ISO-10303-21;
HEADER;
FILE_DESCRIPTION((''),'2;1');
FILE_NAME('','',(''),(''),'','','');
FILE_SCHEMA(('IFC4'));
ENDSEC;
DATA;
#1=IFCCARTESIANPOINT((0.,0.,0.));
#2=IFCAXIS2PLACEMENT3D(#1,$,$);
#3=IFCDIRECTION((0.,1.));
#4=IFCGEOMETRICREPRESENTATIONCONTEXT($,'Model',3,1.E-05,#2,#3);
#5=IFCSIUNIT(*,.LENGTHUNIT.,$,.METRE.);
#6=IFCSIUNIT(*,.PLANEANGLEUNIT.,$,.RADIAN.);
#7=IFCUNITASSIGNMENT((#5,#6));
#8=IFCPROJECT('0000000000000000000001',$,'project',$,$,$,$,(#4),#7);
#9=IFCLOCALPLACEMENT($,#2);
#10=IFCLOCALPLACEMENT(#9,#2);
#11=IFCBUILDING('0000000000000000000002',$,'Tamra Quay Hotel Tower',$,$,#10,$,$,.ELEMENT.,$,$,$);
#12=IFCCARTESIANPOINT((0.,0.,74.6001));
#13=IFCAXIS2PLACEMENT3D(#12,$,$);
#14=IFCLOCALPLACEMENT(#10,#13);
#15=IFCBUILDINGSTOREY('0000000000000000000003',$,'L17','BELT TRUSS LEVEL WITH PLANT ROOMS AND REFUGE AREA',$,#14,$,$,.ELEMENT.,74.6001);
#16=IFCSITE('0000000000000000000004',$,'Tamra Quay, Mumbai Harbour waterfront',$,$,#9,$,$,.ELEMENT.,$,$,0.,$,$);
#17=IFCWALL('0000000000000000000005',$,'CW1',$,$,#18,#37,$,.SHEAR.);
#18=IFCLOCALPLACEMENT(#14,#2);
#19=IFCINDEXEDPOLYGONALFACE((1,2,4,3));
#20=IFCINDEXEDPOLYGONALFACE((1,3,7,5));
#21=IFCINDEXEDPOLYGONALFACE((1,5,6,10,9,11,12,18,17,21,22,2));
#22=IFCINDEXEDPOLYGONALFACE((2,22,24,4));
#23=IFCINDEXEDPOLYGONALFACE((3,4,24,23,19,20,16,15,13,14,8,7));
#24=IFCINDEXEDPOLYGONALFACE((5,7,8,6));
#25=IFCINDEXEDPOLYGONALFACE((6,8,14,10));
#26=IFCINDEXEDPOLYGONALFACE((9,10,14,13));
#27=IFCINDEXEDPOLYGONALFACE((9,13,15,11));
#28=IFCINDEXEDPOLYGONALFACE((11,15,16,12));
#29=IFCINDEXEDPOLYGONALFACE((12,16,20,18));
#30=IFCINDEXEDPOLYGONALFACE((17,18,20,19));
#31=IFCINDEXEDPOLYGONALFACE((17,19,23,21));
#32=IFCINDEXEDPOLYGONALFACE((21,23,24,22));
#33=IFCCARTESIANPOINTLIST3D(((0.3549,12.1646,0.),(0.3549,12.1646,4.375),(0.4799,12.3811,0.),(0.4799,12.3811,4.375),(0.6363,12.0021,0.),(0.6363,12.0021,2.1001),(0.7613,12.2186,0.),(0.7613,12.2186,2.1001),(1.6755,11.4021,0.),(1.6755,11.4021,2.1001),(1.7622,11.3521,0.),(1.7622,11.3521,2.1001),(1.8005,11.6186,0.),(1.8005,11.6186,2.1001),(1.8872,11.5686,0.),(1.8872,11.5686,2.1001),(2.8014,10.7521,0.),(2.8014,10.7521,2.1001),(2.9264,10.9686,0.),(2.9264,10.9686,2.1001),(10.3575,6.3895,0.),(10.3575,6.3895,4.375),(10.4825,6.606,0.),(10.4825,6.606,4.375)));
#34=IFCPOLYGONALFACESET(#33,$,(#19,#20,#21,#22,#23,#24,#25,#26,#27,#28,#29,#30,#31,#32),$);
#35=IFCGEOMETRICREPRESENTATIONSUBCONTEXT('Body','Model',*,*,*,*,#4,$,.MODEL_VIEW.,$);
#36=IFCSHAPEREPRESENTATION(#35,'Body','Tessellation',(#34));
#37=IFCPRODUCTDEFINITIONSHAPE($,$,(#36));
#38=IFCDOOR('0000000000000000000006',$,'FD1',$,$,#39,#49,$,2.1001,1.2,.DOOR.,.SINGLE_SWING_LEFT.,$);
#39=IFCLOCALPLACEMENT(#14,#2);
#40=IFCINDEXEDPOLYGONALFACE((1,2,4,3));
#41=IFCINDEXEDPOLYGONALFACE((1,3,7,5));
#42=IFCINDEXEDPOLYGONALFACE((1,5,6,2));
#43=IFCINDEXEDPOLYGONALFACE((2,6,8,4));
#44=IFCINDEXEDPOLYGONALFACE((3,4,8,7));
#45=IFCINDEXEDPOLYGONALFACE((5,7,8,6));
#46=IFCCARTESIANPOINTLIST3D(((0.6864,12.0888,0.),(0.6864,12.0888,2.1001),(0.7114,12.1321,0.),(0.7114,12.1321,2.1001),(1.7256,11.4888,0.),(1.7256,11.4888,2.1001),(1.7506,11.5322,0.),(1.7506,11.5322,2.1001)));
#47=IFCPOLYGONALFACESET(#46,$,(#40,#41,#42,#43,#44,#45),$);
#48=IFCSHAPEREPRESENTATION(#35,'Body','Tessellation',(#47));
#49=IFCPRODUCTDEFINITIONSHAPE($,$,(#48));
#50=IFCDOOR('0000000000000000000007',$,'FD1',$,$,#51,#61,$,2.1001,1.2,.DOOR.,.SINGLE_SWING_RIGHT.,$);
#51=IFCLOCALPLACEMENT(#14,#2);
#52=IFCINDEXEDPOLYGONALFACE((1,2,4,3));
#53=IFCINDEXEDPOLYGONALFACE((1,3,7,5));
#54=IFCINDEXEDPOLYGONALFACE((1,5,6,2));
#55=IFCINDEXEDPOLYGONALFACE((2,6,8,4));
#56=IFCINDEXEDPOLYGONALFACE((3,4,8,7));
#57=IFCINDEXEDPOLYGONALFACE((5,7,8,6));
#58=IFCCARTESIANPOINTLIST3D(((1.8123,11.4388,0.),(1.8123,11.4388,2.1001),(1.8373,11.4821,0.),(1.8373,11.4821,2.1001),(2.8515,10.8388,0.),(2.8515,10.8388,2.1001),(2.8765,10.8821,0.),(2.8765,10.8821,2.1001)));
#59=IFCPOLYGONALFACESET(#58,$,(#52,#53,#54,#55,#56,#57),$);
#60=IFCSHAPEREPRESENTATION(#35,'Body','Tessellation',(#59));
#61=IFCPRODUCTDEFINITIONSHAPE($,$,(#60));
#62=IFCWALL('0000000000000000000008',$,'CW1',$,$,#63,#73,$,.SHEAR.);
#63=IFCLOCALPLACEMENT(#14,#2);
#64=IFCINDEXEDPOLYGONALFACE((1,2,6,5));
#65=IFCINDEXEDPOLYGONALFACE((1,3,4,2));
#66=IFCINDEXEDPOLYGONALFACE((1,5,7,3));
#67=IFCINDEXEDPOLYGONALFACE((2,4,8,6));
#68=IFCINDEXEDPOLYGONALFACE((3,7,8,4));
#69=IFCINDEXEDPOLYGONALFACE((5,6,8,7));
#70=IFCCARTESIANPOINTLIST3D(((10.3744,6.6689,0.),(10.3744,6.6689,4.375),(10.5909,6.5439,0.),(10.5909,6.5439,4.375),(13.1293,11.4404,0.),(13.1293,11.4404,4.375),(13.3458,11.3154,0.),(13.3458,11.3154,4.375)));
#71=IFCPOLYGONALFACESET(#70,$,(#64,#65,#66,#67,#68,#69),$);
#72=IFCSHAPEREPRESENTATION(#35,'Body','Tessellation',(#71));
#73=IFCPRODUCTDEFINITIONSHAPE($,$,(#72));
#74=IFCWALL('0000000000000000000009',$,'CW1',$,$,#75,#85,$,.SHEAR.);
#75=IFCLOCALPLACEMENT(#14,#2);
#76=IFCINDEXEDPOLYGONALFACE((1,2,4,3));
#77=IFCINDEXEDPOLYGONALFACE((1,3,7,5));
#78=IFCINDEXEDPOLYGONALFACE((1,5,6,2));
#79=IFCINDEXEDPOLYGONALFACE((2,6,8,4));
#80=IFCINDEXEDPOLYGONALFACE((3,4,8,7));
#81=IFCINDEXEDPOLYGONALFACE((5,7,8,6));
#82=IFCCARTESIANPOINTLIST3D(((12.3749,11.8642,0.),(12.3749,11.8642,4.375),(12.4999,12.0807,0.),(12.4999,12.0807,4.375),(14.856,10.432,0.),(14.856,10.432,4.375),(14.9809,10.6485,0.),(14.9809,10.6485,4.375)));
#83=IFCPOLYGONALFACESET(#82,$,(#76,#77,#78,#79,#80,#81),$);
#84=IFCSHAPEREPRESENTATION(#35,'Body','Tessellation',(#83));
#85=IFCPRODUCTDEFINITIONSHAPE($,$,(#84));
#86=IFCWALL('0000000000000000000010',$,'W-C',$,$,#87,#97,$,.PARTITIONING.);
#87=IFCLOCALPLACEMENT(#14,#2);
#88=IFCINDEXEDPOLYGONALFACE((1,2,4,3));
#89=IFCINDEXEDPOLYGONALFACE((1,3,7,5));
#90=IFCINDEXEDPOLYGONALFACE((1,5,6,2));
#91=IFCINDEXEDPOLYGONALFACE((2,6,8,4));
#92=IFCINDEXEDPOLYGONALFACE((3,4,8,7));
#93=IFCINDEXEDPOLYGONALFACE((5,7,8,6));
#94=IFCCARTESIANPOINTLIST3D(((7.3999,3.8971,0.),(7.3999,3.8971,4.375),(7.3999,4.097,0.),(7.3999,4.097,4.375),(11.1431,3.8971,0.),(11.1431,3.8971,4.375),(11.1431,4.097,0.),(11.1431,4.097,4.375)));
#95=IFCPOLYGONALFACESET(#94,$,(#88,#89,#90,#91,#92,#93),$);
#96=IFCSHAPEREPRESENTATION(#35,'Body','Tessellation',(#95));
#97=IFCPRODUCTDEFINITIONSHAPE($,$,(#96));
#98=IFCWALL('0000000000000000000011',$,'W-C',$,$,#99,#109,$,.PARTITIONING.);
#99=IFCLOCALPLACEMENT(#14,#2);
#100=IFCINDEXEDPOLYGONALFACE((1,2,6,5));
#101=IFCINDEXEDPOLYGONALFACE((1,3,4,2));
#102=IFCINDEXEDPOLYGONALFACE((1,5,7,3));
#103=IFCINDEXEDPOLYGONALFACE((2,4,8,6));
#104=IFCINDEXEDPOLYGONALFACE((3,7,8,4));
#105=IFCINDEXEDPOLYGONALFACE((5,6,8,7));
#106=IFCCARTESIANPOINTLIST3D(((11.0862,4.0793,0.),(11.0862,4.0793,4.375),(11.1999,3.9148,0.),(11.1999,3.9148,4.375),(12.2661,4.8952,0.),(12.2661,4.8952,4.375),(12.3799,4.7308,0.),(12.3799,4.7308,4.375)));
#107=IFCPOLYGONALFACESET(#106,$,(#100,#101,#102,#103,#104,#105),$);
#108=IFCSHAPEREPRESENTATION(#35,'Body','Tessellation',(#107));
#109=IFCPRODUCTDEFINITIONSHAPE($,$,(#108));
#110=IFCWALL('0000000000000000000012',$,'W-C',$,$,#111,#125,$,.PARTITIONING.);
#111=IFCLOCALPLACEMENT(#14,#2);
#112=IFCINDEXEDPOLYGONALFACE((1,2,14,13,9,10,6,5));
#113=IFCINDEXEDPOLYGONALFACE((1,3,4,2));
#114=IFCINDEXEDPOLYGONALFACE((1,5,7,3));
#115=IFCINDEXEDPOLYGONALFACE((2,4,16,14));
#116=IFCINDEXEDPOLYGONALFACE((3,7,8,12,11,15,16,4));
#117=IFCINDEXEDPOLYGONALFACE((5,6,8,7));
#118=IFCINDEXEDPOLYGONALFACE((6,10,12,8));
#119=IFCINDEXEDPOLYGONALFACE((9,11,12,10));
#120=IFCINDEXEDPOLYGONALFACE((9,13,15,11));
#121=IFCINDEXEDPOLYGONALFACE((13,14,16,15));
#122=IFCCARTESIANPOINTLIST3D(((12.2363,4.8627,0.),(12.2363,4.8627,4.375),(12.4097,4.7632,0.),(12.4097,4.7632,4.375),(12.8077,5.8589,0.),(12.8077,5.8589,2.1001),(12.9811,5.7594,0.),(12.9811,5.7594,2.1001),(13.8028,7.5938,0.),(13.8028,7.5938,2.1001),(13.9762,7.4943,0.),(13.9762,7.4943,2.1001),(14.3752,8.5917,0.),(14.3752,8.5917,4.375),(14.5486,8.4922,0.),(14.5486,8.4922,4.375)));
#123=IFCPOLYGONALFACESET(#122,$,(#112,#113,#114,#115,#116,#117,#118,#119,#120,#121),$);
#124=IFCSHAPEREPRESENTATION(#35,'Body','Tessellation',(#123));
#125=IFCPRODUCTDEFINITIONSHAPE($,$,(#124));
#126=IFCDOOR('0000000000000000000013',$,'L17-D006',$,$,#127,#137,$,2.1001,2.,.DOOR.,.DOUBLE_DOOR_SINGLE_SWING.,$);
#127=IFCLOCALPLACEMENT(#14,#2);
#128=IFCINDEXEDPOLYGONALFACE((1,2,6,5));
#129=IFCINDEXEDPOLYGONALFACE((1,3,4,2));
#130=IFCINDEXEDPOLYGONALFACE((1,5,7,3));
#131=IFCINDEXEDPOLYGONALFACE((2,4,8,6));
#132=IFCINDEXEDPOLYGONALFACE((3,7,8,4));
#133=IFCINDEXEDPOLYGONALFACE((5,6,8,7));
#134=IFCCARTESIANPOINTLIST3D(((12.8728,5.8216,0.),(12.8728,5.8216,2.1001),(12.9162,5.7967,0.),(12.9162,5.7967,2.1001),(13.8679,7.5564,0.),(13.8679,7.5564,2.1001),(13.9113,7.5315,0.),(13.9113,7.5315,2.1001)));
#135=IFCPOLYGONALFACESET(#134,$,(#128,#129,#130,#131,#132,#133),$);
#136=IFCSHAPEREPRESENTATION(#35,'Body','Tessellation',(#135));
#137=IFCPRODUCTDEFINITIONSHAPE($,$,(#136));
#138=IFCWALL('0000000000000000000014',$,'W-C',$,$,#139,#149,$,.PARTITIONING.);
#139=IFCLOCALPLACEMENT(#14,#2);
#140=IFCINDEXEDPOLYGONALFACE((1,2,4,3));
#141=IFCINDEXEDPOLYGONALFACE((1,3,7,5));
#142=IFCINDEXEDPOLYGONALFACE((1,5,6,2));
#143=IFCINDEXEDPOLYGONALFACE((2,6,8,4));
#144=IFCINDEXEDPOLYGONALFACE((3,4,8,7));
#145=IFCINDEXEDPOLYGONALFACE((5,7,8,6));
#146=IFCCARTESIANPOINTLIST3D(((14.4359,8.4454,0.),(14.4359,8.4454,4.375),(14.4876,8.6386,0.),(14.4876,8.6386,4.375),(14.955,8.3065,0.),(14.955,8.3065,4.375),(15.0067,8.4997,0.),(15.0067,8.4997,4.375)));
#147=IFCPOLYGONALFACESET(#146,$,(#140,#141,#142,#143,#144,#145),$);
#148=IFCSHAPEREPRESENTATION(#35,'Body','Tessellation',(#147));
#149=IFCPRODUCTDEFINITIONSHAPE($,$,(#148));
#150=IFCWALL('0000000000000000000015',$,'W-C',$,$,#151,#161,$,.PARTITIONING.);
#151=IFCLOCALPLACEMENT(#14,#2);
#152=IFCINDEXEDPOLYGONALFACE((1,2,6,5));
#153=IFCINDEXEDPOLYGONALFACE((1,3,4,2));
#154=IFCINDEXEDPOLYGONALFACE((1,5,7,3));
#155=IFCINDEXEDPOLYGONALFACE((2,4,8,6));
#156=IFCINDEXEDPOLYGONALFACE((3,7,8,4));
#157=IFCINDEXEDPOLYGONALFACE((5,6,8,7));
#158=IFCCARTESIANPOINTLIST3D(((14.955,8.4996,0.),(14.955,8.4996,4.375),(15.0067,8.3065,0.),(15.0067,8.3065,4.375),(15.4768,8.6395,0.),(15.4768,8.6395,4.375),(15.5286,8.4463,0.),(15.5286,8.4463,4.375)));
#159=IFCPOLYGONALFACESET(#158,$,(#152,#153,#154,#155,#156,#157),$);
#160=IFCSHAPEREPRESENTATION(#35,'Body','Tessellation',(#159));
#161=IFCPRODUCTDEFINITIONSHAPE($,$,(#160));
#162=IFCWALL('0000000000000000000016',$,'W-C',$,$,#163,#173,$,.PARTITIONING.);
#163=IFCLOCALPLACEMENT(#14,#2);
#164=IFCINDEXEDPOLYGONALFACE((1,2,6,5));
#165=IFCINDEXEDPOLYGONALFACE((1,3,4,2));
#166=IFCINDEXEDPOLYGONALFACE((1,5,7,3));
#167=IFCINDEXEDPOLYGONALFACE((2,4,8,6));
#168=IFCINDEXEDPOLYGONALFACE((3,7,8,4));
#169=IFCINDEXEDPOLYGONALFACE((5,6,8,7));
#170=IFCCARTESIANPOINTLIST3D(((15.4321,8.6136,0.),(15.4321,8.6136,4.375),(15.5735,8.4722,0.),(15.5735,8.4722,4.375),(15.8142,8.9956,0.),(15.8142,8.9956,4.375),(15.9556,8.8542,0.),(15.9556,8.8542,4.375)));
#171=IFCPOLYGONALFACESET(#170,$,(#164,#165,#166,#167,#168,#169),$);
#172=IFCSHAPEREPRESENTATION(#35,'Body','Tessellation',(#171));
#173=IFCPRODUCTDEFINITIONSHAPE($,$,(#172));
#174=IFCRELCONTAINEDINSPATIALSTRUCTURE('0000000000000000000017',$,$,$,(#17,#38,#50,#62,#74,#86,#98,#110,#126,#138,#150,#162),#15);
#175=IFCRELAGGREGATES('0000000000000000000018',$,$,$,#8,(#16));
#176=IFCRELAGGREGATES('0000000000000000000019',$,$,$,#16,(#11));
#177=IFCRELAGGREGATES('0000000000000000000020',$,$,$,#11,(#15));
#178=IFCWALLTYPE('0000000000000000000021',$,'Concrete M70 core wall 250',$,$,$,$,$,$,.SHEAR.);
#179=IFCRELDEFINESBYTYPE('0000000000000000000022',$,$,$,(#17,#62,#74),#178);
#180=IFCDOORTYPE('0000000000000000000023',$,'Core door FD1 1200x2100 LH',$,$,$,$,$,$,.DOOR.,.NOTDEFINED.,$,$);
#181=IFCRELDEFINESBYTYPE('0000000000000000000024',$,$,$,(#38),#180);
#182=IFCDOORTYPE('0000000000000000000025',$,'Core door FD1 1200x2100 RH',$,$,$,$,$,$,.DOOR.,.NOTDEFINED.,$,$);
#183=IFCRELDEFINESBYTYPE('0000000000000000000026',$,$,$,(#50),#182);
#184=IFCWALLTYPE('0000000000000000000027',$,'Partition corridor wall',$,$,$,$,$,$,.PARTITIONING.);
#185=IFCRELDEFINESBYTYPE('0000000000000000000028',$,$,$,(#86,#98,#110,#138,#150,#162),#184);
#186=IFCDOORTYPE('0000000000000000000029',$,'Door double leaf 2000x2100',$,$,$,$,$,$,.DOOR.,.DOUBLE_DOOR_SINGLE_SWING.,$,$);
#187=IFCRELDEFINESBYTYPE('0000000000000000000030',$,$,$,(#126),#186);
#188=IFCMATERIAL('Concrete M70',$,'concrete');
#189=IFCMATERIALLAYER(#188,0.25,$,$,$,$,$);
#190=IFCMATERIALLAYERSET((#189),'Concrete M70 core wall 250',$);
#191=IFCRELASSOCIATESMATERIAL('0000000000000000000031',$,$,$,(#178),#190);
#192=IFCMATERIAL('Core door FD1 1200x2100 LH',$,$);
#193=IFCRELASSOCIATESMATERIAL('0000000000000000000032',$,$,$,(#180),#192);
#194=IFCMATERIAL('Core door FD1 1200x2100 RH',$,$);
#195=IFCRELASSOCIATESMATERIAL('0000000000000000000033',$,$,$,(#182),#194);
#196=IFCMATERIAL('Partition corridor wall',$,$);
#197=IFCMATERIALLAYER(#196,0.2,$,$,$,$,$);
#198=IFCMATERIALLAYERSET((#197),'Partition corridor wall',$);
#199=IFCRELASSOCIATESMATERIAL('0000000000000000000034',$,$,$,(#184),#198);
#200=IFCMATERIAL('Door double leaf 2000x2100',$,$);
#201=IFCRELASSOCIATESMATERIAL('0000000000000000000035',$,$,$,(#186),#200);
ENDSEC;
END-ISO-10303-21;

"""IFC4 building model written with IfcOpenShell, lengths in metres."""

from ifc_helpers import new_model, si_unit, direction, frame, frame_2d, origin, place, context, subcontext, project, spatial, rectangle, extrude, material, layer, layer_set, type_object, element, fill, save


model = new_model("IFC4")

# Units and contexts
model_context = context("Model", 3, precision=1e-05, world=origin(), true_north=direction((0.0, 1.0)))
body_context = subcontext(model_context, "Body", "Model", "MODEL_VIEW")
ifc_project = project(units=[si_unit("LENGTHUNIT", "METRE"), si_unit("PLANEANGLEUNIT", "RADIAN")], contexts=[model_context])

# Site, building, storey
site_placement = place(None, origin())
site = spatial("IfcSite", under=ifc_project, at=site_placement, Name="Tamra Quay, Mumbai Harbour waterfront", CompositionType="ELEMENT", RefElevation=0.0)
building_placement = place(site_placement, origin())
building = spatial("IfcBuilding", under=site, at=building_placement, Name="Tamra Quay Hotel Tower", CompositionType="ELEMENT")
storey_placement = place(building_placement, frame((0.0, 0.0, 74.6001)))
storey = spatial("IfcBuildingStorey", under=building, at=storey_placement, Name="L17", Description="BELT TRUSS LEVEL WITH PLANT ROOMS AND REFUGE AREA", CompositionType="ELEMENT", Elevation=74.6001)

# Wall, openings, doors
ifc_material_1 = material(Name="Concrete M70", Category="concrete")
ifc_layer_1 = layer(ifc_material_1, 0.25)
ifc_layer_set_1 = layer_set([ifc_layer_1], Name="Concrete M70 core wall 250")
wall_type_1 = type_object("IfcWallType", Name="Concrete M70 core wall 250", PredefinedType="SHEAR", material=ifc_layer_set_1)
wall_1_placement = place(storey_placement, frame((10.4199, 6.4978, 0.0), z_axis=(0.0, 0.0, 1.0), x_axis=(-0.866022, 0.500006, 0.0)))
wall_1 = element("IfcWall", 1, at=wall_1_placement, inside=storey, type_object=wall_type_1, Name="CW1", PredefinedType="SHEAR", context=body_context, shape_type="SweptSolid", body=[
    extrude(rectangle(XDim=11.55, YDim=0.25, at=frame_2d((5.7749, 0.0))), origin(), (0.0, 0.0, 1.0), 4.375),
])
opening_1_placement = place(wall_1_placement, frame((10.0249, 0.0, 0.0)))
opening_1 = element("IfcOpeningElement", 2, at=opening_1_placement, cuts=wall_1, PredefinedType="OPENING", context=body_context, shape_type="SweptSolid", body=[
    extrude(rectangle(XDim=1.2, YDim=2.1001, at=frame_2d((0.6001, 1.05))), frame((0.0, 0.135, 0.0), z_axis=(0.0, -1.0, 0.0), x_axis=(1.0, 0.0, 0.0)), (0.0, 0.0, 1.0), 0.27),
])
opening_2_placement = place(wall_1_placement, frame((8.7249, 0.0, 0.0)))
opening_2 = element("IfcOpeningElement", 3, at=opening_2_placement, cuts=wall_1, PredefinedType="OPENING", context=body_context, shape_type="SweptSolid", body=[
    extrude(rectangle(XDim=1.2, YDim=2.1001, at=frame_2d((0.6001, 1.05))), frame((0.0, 0.135, 0.0), z_axis=(0.0, -1.0, 0.0), x_axis=(1.0, 0.0, 0.0)), (0.0, 0.0, 1.0), 0.27),
])
ifc_material_2 = material(Name="Core door FD1 1200x2100 LH")
door_type_1 = type_object("IfcDoorType", Name="Core door FD1 1200x2100 LH", OperationType="NOTDEFINED", PredefinedType="DOOR", material=ifc_material_2)
door_1_placement = place(opening_1_placement, origin())
door_1 = element("IfcDoor", 4, at=door_1_placement, inside=storey, type_object=door_type_1, Name="FD1", OperationType="SINGLE_SWING_LEFT", OverallHeight=2.1001, OverallWidth=1.2, PredefinedType="DOOR", context=body_context, shape_type="SweptSolid", body=[
    extrude(rectangle(XDim=1.2, YDim=2.1001, at=frame_2d((0.6001, 1.05))), frame((0.0, 0.0249, 0.0), z_axis=(0.0, -1.0, 0.0), x_axis=(1.0, 0.0, 0.0)), (0.0, 0.0, 1.0), 0.05),
])
fill(opening_1, door_1)
ifc_material_3 = material(Name="Core door FD1 1200x2100 RH")
door_type_2 = type_object("IfcDoorType", Name="Core door FD1 1200x2100 RH", OperationType="NOTDEFINED", PredefinedType="DOOR", material=ifc_material_3)
door_2_placement = place(opening_2_placement, origin())
door_2 = element("IfcDoor", 5, at=door_2_placement, inside=storey, type_object=door_type_2, Name="FD1", OperationType="SINGLE_SWING_RIGHT", OverallHeight=2.1001, OverallWidth=1.2, PredefinedType="DOOR", context=body_context, shape_type="SweptSolid", body=[
    extrude(rectangle(XDim=1.2, YDim=2.1001, at=frame_2d((0.6001, 1.05))), frame((0.0, 0.0249, 0.0), z_axis=(0.0, -1.0, 0.0), x_axis=(1.0, 0.0, 0.0)), (0.0, 0.0, 1.0), 0.05),
])
fill(opening_2, door_2)

# Walls
wall_2_placement = place(storey_placement, frame((13.2375, 11.3779, 0.0), z_axis=(0.0, 0.0, 1.0), x_axis=(-0.500009, -0.86602, 0.0)))
element("IfcWall", 6, at=wall_2_placement, inside=storey, type_object=wall_type_1, Name="CW1", PredefinedType="SHEAR", context=body_context, shape_type="SweptSolid", body=[
    extrude(rectangle(XDim=5.5098, YDim=0.25, at=frame_2d((2.7549, 0.0))), origin(), (0.0, 0.0, 1.0), 4.375),
])
wall_3_placement = place(storey_placement, frame((14.9185, 10.5403, 0.0), z_axis=(0.0, 0.0, 1.0), x_axis=(-0.866064, 0.499934, 0.0)))
element("IfcWall", 7, at=wall_3_placement, inside=storey, type_object=wall_type_1, Name="CW1", PredefinedType="SHEAR", context=body_context, shape_type="SweptSolid", body=[
    extrude(rectangle(XDim=2.8647, YDim=0.25, at=frame_2d((1.4324, 0.0))), origin(), (0.0, 0.0, 1.0), 4.375),
])
ifc_material_4 = material(Name="Partition corridor wall")
ifc_layer_2 = layer(ifc_material_4, 0.2)
ifc_layer_set_2 = layer_set([ifc_layer_2], Name="Partition corridor wall")
wall_type_2 = type_object("IfcWallType", Name="Partition corridor wall", PredefinedType="PARTITIONING", material=ifc_layer_set_2)
wall_4_placement = place(storey_placement, frame((7.3999, 3.9971, 0.0), z_axis=(0.0, 0.0, 1.0), x_axis=(1.0, 0.0, 0.0)))
element("IfcWall", 8, at=wall_4_placement, inside=storey, type_object=wall_type_2, Name="W-C", PredefinedType="PARTITIONING", context=body_context, shape_type="SweptSolid", body=[
    extrude(rectangle(XDim=3.7432, YDim=0.2, at=frame_2d((1.8716, 0.0))), origin(), (0.0, 0.0, 1.0), 4.375),
])
wall_5_placement = place(storey_placement, frame((11.1431, 3.9971, 0.0), z_axis=(0.0, 0.0, 1.0), x_axis=(0.822505, 0.568759, 0.0)))
element("IfcWall", 9, at=wall_5_placement, inside=storey, type_object=wall_type_2, Name="W-C", PredefinedType="PARTITIONING", context=body_context, shape_type="SweptSolid", body=[
    extrude(rectangle(XDim=1.4346, YDim=0.2, at=frame_2d((0.7173, 0.0))), origin(), (0.0, 0.0, 1.0), 4.375),
])

# Wall, opening, door
wall_6_placement = place(storey_placement, frame((12.323, 4.813, 0.0), z_axis=(0.0, 0.0, 1.0), x_axis=(0.497551, 0.867435, 0.0)))
wall_6 = element("IfcWall", 10, at=wall_6_placement, inside=storey, type_object=wall_type_2, Name="W-C", PredefinedType="PARTITIONING", context=body_context, shape_type="SweptSolid", body=[
    extrude(rectangle(XDim=4.2988, YDim=0.2, at=frame_2d((2.1494, 0.0))), origin(), (0.0, 0.0, 1.0), 4.375),
])
opening_3_placement = place(wall_6_placement, frame((1.1484, 0.0, 0.0)))
opening_3 = element("IfcOpeningElement", 11, at=opening_3_placement, cuts=wall_6, PredefinedType="OPENING", context=body_context, shape_type="SweptSolid", body=[
    extrude(rectangle(XDim=2.0, YDim=2.1001, at=frame_2d((1.0, 1.05))), frame((0.0, 0.1099, 0.0), z_axis=(0.0, -1.0, 0.0), x_axis=(1.0, 0.0, 0.0)), (0.0, 0.0, 1.0), 0.22),
])
ifc_material_5 = material(Name="Door double leaf 2000x2100")
door_type_3 = type_object("IfcDoorType", Name="Door double leaf 2000x2100", OperationType="DOUBLE_DOOR_SINGLE_SWING", PredefinedType="DOOR", material=ifc_material_5)
door_3_placement = place(opening_3_placement, origin())
door_3 = element("IfcDoor", 12, at=door_3_placement, inside=storey, type_object=door_type_3, Name="L17-D006", OperationType="DOUBLE_DOOR_SINGLE_SWING", OverallHeight=2.1001, OverallWidth=2.0, PredefinedType="DOOR", context=body_context, shape_type="SweptSolid", body=[
    extrude(rectangle(XDim=2.0, YDim=2.1001, at=frame_2d((1.0, 1.05))), frame((0.0, 0.0249, 0.0), z_axis=(0.0, -1.0, 0.0), x_axis=(1.0, 0.0, 0.0)), (0.0, 0.0, 1.0), 0.05),
])
fill(opening_3, door_3)

# Walls
wall_7_placement = place(storey_placement, frame((14.4619, 8.542, 0.0), z_axis=(0.0, 0.0, 1.0), x_axis=(0.966001, -0.258539, 0.0)))
element("IfcWall", 13, at=wall_7_placement, inside=storey, type_object=wall_type_2, Name="W-C", PredefinedType="PARTITIONING", context=body_context, shape_type="SweptSolid", body=[
    extrude(rectangle(XDim=0.5374, YDim=0.2, at=frame_2d((0.2686, 0.0))), origin(), (0.0, 0.0, 1.0), 4.375),
])
for number, where, z_axis, x_axis, name in (
    (14, (14.981, 8.4031, 0.0), (0.0, 0.0, 1.0), (0.965912, 0.258872, 0.0), "W-C"),
    (15, (15.5029, 8.543, 0.0), (0.0, 0.0, 1.0), (0.707107, 0.707107, 0.0), "W-C"),
):
    element("IfcWall", number, at=place(storey_placement, frame(where, z_axis=z_axis, x_axis=x_axis)), inside=storey, type_object=wall_type_2, Name=name, PredefinedType="PARTITIONING", context=body_context, shape_type="SweptSolid", body=[
        extrude(rectangle(XDim=0.5403, YDim=0.2, at=frame_2d((0.27, 0.0))), origin(), (0.0, 0.0, 1.0), 4.375),
    ])

save(model, "model.ifc")
